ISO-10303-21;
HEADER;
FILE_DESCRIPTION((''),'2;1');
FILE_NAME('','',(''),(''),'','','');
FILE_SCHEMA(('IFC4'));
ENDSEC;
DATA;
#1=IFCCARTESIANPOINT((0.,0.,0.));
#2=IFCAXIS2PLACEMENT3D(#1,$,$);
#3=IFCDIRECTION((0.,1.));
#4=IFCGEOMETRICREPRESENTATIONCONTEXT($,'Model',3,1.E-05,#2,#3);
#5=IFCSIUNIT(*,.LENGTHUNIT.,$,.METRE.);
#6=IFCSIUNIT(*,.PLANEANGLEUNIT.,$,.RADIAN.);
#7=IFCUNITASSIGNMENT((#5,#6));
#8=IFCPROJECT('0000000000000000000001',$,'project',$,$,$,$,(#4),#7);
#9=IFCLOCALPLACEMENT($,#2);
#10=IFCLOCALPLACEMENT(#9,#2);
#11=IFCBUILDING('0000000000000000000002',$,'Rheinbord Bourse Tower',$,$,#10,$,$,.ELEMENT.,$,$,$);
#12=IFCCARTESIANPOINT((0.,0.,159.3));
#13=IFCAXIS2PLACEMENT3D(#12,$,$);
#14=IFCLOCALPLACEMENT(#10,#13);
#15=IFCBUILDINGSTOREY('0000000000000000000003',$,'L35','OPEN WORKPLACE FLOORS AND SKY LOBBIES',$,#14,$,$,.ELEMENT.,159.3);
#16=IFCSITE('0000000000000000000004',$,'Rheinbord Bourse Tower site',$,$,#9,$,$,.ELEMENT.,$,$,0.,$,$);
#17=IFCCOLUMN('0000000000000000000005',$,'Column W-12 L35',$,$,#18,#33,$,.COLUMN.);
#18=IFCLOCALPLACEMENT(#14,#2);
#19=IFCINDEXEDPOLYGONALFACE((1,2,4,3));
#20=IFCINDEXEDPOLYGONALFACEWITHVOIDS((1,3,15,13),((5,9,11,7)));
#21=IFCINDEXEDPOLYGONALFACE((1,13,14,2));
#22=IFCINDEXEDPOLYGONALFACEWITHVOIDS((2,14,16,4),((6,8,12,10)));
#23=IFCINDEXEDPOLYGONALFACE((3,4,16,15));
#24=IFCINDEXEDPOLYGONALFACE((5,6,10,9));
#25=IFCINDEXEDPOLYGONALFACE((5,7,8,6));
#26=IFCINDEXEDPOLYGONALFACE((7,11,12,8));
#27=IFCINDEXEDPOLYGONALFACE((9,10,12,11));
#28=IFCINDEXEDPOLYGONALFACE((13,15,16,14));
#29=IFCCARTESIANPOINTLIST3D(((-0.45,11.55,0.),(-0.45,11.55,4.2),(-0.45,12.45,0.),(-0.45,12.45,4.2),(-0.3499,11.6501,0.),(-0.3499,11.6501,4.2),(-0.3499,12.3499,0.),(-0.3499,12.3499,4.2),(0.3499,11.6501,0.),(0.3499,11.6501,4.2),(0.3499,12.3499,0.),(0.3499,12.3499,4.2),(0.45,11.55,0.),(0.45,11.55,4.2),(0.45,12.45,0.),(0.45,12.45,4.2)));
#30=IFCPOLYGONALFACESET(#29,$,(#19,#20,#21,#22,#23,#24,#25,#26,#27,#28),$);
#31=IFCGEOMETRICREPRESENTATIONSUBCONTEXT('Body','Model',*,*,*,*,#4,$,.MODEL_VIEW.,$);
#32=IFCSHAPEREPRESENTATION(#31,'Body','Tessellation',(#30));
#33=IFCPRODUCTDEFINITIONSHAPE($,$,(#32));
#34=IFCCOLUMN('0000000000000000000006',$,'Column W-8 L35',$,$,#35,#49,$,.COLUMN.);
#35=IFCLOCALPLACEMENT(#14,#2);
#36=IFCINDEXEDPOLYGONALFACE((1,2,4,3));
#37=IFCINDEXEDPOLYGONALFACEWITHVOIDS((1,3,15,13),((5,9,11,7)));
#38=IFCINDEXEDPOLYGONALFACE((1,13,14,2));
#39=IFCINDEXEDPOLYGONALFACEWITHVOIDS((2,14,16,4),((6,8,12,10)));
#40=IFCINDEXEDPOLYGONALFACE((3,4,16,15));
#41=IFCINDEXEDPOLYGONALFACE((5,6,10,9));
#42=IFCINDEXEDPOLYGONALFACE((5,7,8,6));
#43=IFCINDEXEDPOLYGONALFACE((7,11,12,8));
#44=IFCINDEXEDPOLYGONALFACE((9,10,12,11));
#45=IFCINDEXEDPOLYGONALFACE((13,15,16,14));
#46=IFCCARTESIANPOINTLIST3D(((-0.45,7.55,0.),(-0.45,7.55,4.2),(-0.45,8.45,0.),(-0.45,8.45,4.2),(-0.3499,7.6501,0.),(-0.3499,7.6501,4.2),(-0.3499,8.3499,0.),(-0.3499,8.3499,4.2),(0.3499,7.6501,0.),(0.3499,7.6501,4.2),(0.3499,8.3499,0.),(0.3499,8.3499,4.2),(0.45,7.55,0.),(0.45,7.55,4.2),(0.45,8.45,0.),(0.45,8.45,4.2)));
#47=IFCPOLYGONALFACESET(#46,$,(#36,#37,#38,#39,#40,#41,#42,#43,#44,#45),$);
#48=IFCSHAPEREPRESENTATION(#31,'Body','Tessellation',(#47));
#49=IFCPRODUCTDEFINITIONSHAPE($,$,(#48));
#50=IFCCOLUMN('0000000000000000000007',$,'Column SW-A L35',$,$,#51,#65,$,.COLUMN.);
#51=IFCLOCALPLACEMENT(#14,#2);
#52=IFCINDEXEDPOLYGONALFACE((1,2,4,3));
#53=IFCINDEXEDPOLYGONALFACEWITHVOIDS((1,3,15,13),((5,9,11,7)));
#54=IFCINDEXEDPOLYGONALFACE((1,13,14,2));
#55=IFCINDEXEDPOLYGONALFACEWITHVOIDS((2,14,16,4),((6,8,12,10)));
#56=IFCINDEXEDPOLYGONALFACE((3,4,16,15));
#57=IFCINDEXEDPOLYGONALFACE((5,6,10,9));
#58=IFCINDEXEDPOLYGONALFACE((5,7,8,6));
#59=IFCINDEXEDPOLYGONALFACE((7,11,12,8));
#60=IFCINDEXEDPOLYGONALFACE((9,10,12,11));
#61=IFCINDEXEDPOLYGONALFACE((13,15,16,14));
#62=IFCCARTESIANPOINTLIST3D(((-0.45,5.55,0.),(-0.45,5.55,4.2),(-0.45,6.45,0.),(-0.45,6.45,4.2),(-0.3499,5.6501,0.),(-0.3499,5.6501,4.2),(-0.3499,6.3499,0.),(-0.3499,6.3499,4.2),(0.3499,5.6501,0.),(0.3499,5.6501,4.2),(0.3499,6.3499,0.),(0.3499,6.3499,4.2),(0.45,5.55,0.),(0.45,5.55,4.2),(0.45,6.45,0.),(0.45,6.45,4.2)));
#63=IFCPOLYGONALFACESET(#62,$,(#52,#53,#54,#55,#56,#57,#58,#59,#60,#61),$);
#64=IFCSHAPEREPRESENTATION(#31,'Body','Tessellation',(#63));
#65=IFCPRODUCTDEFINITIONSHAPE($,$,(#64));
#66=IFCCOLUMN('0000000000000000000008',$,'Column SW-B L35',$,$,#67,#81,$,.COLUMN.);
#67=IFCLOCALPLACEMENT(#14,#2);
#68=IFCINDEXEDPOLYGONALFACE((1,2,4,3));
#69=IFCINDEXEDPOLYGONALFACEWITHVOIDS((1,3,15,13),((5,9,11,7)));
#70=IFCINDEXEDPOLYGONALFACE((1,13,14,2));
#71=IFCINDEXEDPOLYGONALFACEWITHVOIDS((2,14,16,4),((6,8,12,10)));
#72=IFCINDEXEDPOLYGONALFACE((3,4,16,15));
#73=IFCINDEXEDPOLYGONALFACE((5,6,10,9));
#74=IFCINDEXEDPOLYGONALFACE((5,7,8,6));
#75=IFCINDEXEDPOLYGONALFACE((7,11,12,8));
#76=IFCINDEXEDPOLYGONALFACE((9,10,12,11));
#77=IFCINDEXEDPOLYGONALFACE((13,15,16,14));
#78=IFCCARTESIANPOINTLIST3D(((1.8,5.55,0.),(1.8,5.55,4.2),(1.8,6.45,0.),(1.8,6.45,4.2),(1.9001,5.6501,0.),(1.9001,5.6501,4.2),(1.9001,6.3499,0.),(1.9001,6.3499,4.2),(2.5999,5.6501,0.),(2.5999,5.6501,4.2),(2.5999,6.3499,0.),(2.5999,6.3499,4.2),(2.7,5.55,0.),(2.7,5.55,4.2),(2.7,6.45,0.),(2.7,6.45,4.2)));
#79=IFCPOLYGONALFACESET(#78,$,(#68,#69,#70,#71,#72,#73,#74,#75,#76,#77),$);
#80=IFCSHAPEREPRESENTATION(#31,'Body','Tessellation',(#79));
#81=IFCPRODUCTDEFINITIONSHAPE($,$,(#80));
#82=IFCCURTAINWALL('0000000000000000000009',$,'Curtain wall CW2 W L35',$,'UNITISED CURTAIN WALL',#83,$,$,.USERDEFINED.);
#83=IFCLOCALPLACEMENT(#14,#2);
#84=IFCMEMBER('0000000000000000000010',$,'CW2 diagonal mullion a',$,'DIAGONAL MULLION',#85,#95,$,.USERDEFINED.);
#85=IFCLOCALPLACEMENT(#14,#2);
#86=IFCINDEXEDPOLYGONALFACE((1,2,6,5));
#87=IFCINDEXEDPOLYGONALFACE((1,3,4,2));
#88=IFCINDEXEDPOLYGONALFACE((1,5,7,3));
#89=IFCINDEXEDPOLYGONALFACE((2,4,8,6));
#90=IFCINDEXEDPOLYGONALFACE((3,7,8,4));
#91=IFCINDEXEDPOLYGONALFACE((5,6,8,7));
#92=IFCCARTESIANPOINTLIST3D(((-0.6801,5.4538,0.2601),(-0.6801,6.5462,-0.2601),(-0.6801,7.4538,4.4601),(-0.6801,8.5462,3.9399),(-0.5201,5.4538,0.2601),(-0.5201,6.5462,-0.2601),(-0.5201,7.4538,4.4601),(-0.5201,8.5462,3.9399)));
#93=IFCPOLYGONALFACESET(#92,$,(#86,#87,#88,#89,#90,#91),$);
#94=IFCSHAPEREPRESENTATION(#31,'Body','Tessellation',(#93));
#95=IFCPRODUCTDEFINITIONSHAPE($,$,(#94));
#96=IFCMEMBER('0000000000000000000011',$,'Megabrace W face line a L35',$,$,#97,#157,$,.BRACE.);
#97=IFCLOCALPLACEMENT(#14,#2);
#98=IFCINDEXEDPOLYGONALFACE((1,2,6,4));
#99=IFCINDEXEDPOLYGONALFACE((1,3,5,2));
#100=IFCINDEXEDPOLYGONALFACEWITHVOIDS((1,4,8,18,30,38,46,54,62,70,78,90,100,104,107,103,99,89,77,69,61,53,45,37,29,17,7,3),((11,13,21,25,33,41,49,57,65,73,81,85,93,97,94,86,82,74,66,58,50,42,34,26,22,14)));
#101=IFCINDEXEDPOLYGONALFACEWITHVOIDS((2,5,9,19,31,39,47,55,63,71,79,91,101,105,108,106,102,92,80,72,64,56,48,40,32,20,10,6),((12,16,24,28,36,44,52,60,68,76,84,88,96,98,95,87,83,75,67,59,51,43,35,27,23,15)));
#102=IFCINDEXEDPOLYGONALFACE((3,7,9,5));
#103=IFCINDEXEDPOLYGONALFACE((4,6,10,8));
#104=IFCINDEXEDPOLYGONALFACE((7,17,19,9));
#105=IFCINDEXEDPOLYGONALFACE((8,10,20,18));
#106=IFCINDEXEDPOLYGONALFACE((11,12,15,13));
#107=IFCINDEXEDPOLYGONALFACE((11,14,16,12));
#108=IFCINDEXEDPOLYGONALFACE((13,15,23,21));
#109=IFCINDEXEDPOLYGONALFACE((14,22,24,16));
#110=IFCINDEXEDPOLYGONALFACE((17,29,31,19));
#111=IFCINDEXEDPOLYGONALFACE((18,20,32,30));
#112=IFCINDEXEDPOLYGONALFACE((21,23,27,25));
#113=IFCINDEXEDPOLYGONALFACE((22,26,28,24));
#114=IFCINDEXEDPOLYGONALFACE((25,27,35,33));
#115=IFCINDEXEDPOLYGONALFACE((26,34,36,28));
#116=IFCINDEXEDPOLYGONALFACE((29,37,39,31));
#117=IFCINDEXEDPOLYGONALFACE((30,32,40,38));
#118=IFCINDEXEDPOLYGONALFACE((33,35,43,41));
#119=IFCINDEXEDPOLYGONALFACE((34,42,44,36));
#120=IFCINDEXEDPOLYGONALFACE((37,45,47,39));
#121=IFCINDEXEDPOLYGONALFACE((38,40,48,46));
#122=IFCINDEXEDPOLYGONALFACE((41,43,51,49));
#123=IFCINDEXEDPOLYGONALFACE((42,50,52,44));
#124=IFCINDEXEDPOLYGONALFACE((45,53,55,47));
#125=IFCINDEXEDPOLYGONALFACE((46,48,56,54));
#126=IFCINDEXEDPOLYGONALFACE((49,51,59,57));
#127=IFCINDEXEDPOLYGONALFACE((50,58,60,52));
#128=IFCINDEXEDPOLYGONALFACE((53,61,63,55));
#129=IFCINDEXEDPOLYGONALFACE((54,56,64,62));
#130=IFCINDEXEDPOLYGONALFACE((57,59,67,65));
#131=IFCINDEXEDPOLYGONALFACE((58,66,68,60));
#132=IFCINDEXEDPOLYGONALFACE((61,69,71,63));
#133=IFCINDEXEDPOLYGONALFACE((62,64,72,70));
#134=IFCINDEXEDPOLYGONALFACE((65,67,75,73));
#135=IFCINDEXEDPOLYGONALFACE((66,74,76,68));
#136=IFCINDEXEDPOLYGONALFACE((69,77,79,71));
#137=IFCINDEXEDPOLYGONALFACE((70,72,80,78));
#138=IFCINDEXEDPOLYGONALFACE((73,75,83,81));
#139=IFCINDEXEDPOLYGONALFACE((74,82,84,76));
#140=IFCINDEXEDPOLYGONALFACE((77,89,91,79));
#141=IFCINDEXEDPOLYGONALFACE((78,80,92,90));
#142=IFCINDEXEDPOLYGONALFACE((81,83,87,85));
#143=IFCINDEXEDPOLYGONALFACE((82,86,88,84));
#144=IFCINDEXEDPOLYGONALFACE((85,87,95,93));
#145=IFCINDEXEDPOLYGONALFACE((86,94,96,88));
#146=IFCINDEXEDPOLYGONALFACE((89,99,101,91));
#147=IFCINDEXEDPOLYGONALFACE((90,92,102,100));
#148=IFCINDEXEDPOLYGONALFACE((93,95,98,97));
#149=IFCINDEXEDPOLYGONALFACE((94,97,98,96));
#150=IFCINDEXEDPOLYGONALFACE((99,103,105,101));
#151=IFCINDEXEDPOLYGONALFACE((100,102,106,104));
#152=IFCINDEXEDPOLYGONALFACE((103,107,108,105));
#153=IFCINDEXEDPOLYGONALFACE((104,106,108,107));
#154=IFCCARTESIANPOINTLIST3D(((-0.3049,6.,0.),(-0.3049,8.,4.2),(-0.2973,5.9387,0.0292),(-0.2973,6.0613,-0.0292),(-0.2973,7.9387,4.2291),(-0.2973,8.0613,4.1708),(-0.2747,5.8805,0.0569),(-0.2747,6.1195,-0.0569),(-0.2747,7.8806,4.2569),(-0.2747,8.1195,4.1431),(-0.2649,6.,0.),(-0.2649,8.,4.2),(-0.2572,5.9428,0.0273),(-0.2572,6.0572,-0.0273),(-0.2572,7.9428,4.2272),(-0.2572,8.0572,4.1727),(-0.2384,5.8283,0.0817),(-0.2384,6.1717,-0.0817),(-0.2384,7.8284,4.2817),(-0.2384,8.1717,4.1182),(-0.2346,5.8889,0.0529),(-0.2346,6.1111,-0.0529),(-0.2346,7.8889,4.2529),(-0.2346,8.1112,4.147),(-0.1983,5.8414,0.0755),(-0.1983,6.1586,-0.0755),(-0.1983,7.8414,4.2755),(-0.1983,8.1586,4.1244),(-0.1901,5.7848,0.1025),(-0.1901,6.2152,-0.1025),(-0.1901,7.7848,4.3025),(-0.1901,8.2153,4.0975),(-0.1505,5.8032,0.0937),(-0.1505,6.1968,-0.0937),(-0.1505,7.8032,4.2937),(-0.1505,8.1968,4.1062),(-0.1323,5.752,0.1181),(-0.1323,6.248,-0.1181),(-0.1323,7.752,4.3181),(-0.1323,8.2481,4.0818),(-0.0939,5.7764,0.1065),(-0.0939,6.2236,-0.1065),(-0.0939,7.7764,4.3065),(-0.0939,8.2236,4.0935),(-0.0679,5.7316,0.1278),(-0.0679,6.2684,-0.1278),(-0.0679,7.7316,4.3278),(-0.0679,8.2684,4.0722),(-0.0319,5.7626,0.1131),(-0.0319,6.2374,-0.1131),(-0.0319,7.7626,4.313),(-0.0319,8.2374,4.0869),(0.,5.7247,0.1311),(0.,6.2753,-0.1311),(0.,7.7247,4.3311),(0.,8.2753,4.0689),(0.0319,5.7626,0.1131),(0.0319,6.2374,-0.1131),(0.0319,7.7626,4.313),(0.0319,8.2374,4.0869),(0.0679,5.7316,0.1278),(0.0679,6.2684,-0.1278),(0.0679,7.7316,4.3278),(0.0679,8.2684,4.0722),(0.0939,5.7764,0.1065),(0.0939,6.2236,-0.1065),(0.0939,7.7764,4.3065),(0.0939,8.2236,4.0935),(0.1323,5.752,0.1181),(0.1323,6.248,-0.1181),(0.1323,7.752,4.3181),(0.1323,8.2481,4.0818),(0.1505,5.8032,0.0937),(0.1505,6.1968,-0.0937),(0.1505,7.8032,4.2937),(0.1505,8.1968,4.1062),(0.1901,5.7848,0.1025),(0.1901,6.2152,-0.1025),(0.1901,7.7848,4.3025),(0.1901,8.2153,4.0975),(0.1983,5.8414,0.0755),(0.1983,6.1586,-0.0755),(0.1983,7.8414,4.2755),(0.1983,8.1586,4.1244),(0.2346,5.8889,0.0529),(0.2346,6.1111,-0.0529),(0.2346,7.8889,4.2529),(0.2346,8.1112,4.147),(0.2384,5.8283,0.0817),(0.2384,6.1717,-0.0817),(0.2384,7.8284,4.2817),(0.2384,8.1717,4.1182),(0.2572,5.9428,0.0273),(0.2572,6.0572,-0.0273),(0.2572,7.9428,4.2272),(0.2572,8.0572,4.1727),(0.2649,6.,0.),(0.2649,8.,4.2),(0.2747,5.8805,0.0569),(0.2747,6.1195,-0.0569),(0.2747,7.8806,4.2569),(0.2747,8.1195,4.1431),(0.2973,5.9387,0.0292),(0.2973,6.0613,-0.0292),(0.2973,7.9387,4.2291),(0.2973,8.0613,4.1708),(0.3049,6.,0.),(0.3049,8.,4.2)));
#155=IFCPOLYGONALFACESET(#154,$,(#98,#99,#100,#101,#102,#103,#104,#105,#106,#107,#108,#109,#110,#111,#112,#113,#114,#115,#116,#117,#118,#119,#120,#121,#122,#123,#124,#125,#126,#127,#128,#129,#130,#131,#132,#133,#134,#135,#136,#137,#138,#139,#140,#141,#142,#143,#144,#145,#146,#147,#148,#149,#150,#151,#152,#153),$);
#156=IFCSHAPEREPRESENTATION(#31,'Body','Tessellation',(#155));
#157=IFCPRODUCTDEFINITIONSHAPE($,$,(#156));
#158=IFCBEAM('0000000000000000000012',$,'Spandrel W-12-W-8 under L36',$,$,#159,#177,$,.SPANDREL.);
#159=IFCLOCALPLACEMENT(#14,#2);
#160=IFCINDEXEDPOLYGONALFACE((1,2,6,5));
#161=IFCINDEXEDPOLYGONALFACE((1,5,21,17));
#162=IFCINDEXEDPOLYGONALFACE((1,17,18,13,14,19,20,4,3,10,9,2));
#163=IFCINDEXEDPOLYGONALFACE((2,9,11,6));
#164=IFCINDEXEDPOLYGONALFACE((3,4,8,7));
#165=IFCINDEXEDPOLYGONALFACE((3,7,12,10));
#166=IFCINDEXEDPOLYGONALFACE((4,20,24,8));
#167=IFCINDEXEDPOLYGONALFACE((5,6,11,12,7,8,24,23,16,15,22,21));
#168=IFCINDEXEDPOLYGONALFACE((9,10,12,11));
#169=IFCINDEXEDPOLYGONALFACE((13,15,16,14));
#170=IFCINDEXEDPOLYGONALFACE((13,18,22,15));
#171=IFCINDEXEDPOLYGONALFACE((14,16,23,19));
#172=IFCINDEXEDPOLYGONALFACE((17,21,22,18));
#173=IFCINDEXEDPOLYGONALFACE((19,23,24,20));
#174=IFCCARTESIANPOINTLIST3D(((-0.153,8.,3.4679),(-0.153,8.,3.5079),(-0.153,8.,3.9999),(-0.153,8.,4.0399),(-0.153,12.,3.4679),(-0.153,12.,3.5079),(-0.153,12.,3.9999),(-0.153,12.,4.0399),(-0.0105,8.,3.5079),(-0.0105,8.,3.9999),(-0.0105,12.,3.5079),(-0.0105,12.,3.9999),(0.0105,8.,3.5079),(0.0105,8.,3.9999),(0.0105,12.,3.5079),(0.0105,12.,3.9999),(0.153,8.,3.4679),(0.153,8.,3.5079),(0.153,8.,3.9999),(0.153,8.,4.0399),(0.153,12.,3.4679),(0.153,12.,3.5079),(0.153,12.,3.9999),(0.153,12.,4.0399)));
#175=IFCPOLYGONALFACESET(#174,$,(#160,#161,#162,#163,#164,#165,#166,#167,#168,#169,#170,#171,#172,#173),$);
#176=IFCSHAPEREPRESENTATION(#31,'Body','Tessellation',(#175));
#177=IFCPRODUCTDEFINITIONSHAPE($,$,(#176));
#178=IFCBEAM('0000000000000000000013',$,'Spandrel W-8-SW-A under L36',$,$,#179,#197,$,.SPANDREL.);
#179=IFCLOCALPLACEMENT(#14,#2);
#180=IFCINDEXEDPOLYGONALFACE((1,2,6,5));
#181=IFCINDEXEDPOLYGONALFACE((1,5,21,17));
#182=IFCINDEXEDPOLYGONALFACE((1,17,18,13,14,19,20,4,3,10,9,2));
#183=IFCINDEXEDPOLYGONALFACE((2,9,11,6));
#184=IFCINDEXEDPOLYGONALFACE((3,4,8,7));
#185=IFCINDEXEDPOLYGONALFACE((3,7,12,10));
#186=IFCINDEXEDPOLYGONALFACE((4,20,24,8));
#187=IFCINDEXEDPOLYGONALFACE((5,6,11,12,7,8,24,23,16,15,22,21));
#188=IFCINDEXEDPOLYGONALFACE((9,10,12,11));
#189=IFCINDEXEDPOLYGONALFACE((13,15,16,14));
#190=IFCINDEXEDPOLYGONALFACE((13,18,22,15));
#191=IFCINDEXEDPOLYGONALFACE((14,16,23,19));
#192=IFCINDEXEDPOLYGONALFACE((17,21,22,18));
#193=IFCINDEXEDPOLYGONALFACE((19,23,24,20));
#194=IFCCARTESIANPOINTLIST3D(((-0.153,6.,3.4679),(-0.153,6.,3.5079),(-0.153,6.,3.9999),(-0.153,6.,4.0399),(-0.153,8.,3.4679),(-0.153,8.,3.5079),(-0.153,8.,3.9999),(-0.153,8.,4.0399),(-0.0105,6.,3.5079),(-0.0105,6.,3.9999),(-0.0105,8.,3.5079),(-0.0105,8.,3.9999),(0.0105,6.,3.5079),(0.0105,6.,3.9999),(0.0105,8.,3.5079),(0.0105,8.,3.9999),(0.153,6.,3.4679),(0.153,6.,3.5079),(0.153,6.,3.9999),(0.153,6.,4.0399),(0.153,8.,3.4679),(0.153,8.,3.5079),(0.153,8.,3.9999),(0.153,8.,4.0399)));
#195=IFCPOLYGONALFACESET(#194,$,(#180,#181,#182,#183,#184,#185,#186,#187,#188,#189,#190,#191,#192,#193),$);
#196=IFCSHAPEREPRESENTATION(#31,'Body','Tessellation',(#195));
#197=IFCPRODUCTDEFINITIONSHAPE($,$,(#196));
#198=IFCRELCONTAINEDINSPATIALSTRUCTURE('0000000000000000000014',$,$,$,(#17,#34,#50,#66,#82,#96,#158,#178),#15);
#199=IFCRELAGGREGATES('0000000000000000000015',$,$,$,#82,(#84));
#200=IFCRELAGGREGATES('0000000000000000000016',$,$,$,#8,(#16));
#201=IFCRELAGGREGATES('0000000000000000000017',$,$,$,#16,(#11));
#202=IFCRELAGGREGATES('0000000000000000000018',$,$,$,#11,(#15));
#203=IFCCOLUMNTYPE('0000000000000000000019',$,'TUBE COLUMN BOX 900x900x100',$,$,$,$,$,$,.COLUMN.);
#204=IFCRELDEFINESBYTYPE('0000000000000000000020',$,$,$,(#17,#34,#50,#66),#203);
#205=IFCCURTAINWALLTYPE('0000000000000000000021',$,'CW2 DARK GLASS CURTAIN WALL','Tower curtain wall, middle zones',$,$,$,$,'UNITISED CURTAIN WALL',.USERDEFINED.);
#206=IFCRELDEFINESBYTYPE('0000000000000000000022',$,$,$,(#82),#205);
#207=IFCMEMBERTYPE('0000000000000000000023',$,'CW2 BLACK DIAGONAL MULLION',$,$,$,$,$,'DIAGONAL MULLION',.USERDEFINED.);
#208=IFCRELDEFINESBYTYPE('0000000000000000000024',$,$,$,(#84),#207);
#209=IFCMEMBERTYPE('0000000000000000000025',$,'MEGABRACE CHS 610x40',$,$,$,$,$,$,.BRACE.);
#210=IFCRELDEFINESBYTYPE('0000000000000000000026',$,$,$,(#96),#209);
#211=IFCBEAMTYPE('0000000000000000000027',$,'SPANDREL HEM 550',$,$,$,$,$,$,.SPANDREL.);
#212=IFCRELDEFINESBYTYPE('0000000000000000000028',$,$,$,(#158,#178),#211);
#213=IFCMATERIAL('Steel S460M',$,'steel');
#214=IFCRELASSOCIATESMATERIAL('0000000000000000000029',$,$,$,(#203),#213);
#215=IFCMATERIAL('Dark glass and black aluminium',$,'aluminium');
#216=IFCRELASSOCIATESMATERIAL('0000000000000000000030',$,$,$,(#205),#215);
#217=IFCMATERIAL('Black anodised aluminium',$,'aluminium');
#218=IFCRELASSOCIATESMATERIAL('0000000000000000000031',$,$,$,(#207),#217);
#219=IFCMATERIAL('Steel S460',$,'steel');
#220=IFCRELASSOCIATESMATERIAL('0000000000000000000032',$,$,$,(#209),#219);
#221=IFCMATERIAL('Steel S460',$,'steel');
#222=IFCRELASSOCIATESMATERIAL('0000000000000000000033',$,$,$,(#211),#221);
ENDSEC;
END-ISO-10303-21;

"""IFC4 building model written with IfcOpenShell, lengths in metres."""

from ifc_helpers import new_model, si_unit, direction, frame, origin, origin_2d, place, context, subcontext, project, spatial, rectangle, hollow_rectangle, hollow_circle, i_section, extrude, material, material_profile, profile_set, type_object, element, aggregate, save


model = new_model("IFC4")

# Units and contexts
model_context = context("Model", 3, precision=1e-05, world=origin(), true_north=direction((0.0, 1.0)))
body_context = subcontext(model_context, "Body", "Model", "MODEL_VIEW")
ifc_project = project(units=[si_unit("LENGTHUNIT", "METRE"), si_unit("PLANEANGLEUNIT", "RADIAN")], contexts=[model_context])

# Site, building, storey
site_placement = place(None, origin())
site = spatial("IfcSite", under=ifc_project, at=site_placement, Name="Rheinbord Bourse Tower site", CompositionType="ELEMENT", RefElevation=0.0)
building_placement = place(site_placement, origin())
building = spatial("IfcBuilding", under=site, at=building_placement, Name="Rheinbord Bourse Tower", CompositionType="ELEMENT")
storey_placement = place(building_placement, frame((0.0, 0.0, 159.3)))
storey = spatial("IfcBuildingStorey", under=building, at=storey_placement, Name="L35", Description="OPEN WORKPLACE FLOORS AND SKY LOBBIES", CompositionType="ELEMENT", Elevation=159.3)

# Columns
ifc_material_1 = material(Name="Steel S460M", Category="steel")
ifc_material_profile_1 = material_profile(ifc_material_1, hollow_rectangle(XDim=0.8999, YDim=0.8999, WallThickness=0.1001, at=origin_2d()), Name="BOX 900x900x100")
ifc_profile_set_1 = profile_set([ifc_material_profile_1], Name="Steel S460M")
column_type = type_object("IfcColumnType", Name="TUBE COLUMN BOX 900x900x100", PredefinedType="COLUMN", material=ifc_profile_set_1)
for number, where, z_axis, x_axis, name in (
    (1, (0.0, 12.0, 0.0), (0.0, 0.0, 1.0), (1.0, 0.0, 0.0), "Column W-12 L35"),
    (2, (0.0, 8.0, 0.0), (0.0, 0.0, 1.0), (1.0, 0.0, 0.0), "Column W-8 L35"),
    (3, (0.0, 6.0, 0.0), (0.0, 0.0, 1.0), (1.0, 0.0, 0.0), "Column SW-A L35"),
    (4, (2.25, 6.0, 0.0), (0.0, 0.0, 1.0), (1.0, 0.0, 0.0), "Column SW-B L35"),
):
    element("IfcColumn", number, at=place(storey_placement, frame(where, z_axis=z_axis, x_axis=x_axis)), inside=storey, type_object=column_type, Name=name, PredefinedType="COLUMN", context=body_context, shape_type="SweptSolid", body=[
        extrude(hollow_rectangle(XDim=0.8999, YDim=0.8999, WallThickness=0.1001, at=origin_2d()), origin(), (0.0, 0.0, 1.0), 4.2),
    ])

# Curtain wall, member
ifc_material_2 = material(Name="Dark glass and black aluminium", Category="aluminium")
curtain_wall_type = type_object("IfcCurtainWallType", Name="CW2 DARK GLASS CURTAIN WALL", Description="Tower curtain wall, middle zones", ElementType="UNITISED CURTAIN WALL", PredefinedType="USERDEFINED", material=ifc_material_2)
curtain_wall_placement = place(storey_placement, origin())
curtain_wall = element("IfcCurtainWall", 5, at=curtain_wall_placement, inside=storey, type_object=curtain_wall_type, Name="Curtain wall CW2 W L35", ObjectType="UNITISED CURTAIN WALL", PredefinedType="USERDEFINED")
ifc_material_3 = material(Name="Black anodised aluminium", Category="aluminium")
ifc_material_profile_2 = material_profile(ifc_material_3, rectangle(XDim=0.1599, YDim=1.21, at=origin_2d()), Name="CW2 DIAGONAL MULLION 1210x160")
ifc_profile_set_2 = profile_set([ifc_material_profile_2], Name="Black anodised aluminium")
member_type_1 = type_object("IfcMemberType", Name="CW2 BLACK DIAGONAL MULLION", ElementType="DIAGONAL MULLION", PredefinedType="USERDEFINED", material=ifc_profile_set_2)
member_1_placement = place(storey_placement, frame((-0.6001, 6.0, 0.0), z_axis=(0.0, 0.429938, 0.902859), x_axis=(-1.0, 0.0, 0.0)))
member_1 = element("IfcMember", 6, at=member_1_placement, type_object=member_type_1, Name="CW2 diagonal mullion a", ObjectType="DIAGONAL MULLION", PredefinedType="USERDEFINED", context=body_context, shape_type="SweptSolid", body=[
    extrude(rectangle(XDim=0.1599, YDim=1.21, at=origin_2d()), origin(), (0.0, 0.0, 1.0), 4.6519),
])
aggregate(curtain_wall, [member_1])

# Member
ifc_material_4 = material(Name="Steel S460", Category="steel")
ifc_material_profile_3 = material_profile(ifc_material_4, hollow_circle(Radius=0.3049, WallThickness=0.04, at=origin_2d()), Name="CHS 610x40")
ifc_profile_set_3 = profile_set([ifc_material_profile_3], Name="Steel S460")
member_type_2 = type_object("IfcMemberType", Name="MEGABRACE CHS 610x40", PredefinedType="BRACE", material=ifc_profile_set_3)
member_2_placement = place(storey_placement, frame((0.0, 6.0, 0.0), z_axis=(0.0, 0.429938, 0.902859), x_axis=(-1.0, 0.0, 0.0)))
element("IfcMember", 7, at=member_2_placement, inside=storey, type_object=member_type_2, Name="Megabrace W face line a L35", PredefinedType="BRACE", context=body_context, shape_type="SweptSolid", body=[
    extrude(hollow_circle(Radius=0.3049, WallThickness=0.04, at=origin_2d()), origin(), (0.0, 0.0, 1.0), 4.6519),
])

# Beams
ifc_material_5 = material(Name="Steel S460", Category="steel")
ifc_material_profile_4 = material_profile(ifc_material_5, i_section(OverallWidth=0.3059, OverallDepth=0.572, WebThickness=0.021, FlangeThickness=0.04, at=origin_2d()), Name="HEM 550")
ifc_profile_set_4 = profile_set([ifc_material_profile_4], Name="Steel S460")
beam_type_1 = type_object("IfcBeamType", Name="SPANDREL HEM 550", PredefinedType="SPANDREL", material=ifc_profile_set_4)
beam_1_placement = place(storey_placement, frame((0.0, 12.0, 3.7539), z_axis=(0.0, -1.0, 0.0), x_axis=(1.0, 0.0, 0.0)))
element("IfcBeam", 8, at=beam_1_placement, inside=storey, type_object=beam_type_1, Name="Spandrel W-12-W-8 under L36", PredefinedType="SPANDREL", context=body_context, shape_type="SweptSolid", body=[
    extrude(i_section(OverallWidth=0.3059, OverallDepth=0.572, WebThickness=0.021, FlangeThickness=0.04, at=origin_2d()), origin(), (0.0, 0.0, 1.0), 4.0),
])
beam_2_placement = place(storey_placement, frame((0.0, 8.0, 3.7539), z_axis=(0.0, -1.0, 0.0), x_axis=(1.0, 0.0, 0.0)))
element("IfcBeam", 9, at=beam_2_placement, inside=storey, type_object=beam_type_1, Name="Spandrel W-8-SW-A under L36", PredefinedType="SPANDREL", context=body_context, shape_type="SweptSolid", body=[
    extrude(i_section(OverallWidth=0.3059, OverallDepth=0.572, WebThickness=0.021, FlangeThickness=0.04, at=origin_2d()), origin(), (0.0, 0.0, 1.0), 2.0),
])

save(model, "model.ifc")
